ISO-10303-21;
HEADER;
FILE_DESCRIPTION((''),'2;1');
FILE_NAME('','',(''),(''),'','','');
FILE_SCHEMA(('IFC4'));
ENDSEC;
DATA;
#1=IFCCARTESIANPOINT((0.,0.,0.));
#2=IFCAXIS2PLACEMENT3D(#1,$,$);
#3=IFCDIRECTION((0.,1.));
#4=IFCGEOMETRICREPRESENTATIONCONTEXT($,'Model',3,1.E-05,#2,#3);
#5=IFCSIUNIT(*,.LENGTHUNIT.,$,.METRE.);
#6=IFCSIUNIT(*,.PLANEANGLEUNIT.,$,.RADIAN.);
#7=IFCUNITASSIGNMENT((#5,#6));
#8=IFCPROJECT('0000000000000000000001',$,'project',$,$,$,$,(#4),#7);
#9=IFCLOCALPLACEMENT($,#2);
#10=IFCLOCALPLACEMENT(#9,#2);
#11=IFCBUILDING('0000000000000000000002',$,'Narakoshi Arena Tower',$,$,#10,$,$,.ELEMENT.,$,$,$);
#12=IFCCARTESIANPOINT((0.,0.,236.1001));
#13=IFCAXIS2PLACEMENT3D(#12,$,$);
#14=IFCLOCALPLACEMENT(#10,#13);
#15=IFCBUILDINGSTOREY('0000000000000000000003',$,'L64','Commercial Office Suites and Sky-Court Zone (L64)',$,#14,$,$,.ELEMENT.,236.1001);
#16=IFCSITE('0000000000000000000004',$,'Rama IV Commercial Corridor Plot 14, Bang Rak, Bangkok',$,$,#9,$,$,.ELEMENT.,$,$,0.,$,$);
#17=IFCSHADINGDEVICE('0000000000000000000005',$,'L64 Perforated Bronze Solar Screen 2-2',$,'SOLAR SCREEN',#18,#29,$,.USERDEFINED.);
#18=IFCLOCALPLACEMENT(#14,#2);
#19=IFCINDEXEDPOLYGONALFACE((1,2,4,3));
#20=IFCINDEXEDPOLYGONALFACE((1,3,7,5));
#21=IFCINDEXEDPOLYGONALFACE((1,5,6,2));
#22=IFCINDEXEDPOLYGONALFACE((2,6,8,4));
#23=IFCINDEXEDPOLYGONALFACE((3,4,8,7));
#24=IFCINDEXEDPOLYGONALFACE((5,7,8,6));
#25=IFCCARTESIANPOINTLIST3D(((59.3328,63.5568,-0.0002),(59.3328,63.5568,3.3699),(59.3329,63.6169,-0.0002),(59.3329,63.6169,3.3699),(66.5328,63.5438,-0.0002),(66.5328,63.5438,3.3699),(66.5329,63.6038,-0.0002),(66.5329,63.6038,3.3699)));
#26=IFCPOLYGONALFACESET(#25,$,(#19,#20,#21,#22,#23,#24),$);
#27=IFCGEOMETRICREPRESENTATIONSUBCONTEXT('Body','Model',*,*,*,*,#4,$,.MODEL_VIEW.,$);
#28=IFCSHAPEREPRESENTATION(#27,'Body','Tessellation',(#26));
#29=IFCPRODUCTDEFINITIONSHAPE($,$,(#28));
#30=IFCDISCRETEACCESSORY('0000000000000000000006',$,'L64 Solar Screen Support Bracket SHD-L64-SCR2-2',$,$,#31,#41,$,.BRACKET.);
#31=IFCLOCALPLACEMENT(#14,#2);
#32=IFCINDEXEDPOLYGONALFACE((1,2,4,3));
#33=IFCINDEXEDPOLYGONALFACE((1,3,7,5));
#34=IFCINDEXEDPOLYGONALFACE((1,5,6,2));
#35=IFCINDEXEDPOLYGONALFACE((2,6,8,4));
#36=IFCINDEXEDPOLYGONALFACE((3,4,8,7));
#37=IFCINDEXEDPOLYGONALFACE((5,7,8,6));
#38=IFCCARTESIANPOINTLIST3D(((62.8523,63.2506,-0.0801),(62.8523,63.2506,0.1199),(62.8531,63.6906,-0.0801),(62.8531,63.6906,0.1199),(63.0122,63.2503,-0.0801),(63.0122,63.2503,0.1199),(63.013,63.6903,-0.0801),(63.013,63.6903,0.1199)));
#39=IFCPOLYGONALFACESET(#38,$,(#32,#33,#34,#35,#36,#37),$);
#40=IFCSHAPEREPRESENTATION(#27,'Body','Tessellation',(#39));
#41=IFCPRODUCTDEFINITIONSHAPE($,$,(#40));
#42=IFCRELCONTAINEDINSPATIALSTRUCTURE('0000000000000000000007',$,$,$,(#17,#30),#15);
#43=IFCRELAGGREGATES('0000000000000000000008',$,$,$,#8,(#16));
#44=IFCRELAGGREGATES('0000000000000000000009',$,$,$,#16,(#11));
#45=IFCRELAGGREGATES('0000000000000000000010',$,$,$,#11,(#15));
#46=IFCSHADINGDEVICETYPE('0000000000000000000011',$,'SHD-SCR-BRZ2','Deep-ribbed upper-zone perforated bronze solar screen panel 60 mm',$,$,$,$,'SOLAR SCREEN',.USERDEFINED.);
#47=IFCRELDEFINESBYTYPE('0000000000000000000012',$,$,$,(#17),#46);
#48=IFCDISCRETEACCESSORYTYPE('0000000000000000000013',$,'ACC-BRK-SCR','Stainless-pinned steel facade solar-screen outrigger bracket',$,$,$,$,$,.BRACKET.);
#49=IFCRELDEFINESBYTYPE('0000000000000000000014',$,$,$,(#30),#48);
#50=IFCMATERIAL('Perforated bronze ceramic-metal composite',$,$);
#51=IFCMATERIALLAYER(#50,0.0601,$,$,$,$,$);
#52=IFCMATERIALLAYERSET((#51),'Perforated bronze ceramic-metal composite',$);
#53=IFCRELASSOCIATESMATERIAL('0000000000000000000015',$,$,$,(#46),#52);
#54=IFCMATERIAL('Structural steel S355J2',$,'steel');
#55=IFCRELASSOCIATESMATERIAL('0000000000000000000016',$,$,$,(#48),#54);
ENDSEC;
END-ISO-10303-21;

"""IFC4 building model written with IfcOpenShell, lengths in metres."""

from ifc_helpers import new_model, si_unit, direction, frame, origin, origin_2d, place, context, subcontext, project, spatial, rectangle, extrude, material, layer, layer_set, type_object, element, save


model = new_model("IFC4")

# Units and contexts
model_context = context("Model", 3, precision=1e-05, world=origin(), true_north=direction((0.0, 1.0)))
body_context = subcontext(model_context, "Body", "Model", "MODEL_VIEW")
ifc_project = project(units=[si_unit("LENGTHUNIT", "METRE"), si_unit("PLANEANGLEUNIT", "RADIAN")], contexts=[model_context])

# Site, building, storey
site_placement = place(None, origin())
site = spatial("IfcSite", under=ifc_project, at=site_placement, Name="Rama IV Commercial Corridor Plot 14, Bang Rak, Bangkok", CompositionType="ELEMENT", RefElevation=0.0)
building_placement = place(site_placement, origin())
building = spatial("IfcBuilding", under=site, at=building_placement, Name="Narakoshi Arena Tower", CompositionType="ELEMENT")
storey_placement = place(building_placement, frame((0.0, 0.0, 236.1001)))
storey = spatial("IfcBuildingStorey", under=building, at=storey_placement, Name="L64", Description="Commercial Office Suites and Sky-Court Zone (L64)", CompositionType="ELEMENT", Elevation=236.1001)

# Shared definitions
ifc_material_1 = material(Name="Structural steel S355J2", Category="steel")

# Shading device
ifc_material_2 = material(Name="Perforated bronze ceramic-metal composite")
ifc_layer_1 = layer(ifc_material_2, 0.0601)
ifc_layer_set_1 = layer_set([ifc_layer_1], Name="Perforated bronze ceramic-metal composite")
shading_device_type = type_object("IfcShadingDeviceType", Name="SHD-SCR-BRZ2", Description="Deep-ribbed upper-zone perforated bronze solar screen panel 60 mm", ElementType="SOLAR SCREEN", PredefinedType="USERDEFINED", material=ifc_layer_set_1)
shading_device_placement = place(storey_placement, frame((62.9329, 63.5803, -0.0002), z_axis=(0.0, 0.0, 1.0), x_axis=(-0.999998, 0.001815, 0.0)))
element("IfcShadingDevice", 1, at=shading_device_placement, inside=storey, type_object=shading_device_type, Name="L64 Perforated Bronze Solar Screen 2-2", ObjectType="SOLAR SCREEN", PredefinedType="USERDEFINED", context=body_context, shape_type="SweptSolid", body=[
    extrude(rectangle(XDim=7.2, YDim=0.0601, at=origin_2d()), origin(), (0.0, 0.0, 1.0), 3.3701),
])

# Discrete accessory
discrete_accessory_type = type_object("IfcDiscreteAccessoryType", Name="ACC-BRK-SCR", Description="Stainless-pinned steel facade solar-screen outrigger bracket", PredefinedType="BRACKET", material=ifc_material_1)
discrete_accessory_placement = place(storey_placement, frame((62.9326, 63.4705, -0.0801), z_axis=(0.0, 0.0, 1.0), x_axis=(-0.999998, 0.001815, 0.0)))
element("IfcDiscreteAccessory", 2, at=discrete_accessory_placement, inside=storey, type_object=discrete_accessory_type, Name="L64 Solar Screen Support Bracket SHD-L64-SCR2-2", PredefinedType="BRACKET", context=body_context, shape_type="SweptSolid", body=[
    extrude(rectangle(XDim=0.1599, YDim=0.4399, at=origin_2d()), origin(), (0.0, 0.0, 1.0), 0.2),
])

save(model, "model.ifc")
